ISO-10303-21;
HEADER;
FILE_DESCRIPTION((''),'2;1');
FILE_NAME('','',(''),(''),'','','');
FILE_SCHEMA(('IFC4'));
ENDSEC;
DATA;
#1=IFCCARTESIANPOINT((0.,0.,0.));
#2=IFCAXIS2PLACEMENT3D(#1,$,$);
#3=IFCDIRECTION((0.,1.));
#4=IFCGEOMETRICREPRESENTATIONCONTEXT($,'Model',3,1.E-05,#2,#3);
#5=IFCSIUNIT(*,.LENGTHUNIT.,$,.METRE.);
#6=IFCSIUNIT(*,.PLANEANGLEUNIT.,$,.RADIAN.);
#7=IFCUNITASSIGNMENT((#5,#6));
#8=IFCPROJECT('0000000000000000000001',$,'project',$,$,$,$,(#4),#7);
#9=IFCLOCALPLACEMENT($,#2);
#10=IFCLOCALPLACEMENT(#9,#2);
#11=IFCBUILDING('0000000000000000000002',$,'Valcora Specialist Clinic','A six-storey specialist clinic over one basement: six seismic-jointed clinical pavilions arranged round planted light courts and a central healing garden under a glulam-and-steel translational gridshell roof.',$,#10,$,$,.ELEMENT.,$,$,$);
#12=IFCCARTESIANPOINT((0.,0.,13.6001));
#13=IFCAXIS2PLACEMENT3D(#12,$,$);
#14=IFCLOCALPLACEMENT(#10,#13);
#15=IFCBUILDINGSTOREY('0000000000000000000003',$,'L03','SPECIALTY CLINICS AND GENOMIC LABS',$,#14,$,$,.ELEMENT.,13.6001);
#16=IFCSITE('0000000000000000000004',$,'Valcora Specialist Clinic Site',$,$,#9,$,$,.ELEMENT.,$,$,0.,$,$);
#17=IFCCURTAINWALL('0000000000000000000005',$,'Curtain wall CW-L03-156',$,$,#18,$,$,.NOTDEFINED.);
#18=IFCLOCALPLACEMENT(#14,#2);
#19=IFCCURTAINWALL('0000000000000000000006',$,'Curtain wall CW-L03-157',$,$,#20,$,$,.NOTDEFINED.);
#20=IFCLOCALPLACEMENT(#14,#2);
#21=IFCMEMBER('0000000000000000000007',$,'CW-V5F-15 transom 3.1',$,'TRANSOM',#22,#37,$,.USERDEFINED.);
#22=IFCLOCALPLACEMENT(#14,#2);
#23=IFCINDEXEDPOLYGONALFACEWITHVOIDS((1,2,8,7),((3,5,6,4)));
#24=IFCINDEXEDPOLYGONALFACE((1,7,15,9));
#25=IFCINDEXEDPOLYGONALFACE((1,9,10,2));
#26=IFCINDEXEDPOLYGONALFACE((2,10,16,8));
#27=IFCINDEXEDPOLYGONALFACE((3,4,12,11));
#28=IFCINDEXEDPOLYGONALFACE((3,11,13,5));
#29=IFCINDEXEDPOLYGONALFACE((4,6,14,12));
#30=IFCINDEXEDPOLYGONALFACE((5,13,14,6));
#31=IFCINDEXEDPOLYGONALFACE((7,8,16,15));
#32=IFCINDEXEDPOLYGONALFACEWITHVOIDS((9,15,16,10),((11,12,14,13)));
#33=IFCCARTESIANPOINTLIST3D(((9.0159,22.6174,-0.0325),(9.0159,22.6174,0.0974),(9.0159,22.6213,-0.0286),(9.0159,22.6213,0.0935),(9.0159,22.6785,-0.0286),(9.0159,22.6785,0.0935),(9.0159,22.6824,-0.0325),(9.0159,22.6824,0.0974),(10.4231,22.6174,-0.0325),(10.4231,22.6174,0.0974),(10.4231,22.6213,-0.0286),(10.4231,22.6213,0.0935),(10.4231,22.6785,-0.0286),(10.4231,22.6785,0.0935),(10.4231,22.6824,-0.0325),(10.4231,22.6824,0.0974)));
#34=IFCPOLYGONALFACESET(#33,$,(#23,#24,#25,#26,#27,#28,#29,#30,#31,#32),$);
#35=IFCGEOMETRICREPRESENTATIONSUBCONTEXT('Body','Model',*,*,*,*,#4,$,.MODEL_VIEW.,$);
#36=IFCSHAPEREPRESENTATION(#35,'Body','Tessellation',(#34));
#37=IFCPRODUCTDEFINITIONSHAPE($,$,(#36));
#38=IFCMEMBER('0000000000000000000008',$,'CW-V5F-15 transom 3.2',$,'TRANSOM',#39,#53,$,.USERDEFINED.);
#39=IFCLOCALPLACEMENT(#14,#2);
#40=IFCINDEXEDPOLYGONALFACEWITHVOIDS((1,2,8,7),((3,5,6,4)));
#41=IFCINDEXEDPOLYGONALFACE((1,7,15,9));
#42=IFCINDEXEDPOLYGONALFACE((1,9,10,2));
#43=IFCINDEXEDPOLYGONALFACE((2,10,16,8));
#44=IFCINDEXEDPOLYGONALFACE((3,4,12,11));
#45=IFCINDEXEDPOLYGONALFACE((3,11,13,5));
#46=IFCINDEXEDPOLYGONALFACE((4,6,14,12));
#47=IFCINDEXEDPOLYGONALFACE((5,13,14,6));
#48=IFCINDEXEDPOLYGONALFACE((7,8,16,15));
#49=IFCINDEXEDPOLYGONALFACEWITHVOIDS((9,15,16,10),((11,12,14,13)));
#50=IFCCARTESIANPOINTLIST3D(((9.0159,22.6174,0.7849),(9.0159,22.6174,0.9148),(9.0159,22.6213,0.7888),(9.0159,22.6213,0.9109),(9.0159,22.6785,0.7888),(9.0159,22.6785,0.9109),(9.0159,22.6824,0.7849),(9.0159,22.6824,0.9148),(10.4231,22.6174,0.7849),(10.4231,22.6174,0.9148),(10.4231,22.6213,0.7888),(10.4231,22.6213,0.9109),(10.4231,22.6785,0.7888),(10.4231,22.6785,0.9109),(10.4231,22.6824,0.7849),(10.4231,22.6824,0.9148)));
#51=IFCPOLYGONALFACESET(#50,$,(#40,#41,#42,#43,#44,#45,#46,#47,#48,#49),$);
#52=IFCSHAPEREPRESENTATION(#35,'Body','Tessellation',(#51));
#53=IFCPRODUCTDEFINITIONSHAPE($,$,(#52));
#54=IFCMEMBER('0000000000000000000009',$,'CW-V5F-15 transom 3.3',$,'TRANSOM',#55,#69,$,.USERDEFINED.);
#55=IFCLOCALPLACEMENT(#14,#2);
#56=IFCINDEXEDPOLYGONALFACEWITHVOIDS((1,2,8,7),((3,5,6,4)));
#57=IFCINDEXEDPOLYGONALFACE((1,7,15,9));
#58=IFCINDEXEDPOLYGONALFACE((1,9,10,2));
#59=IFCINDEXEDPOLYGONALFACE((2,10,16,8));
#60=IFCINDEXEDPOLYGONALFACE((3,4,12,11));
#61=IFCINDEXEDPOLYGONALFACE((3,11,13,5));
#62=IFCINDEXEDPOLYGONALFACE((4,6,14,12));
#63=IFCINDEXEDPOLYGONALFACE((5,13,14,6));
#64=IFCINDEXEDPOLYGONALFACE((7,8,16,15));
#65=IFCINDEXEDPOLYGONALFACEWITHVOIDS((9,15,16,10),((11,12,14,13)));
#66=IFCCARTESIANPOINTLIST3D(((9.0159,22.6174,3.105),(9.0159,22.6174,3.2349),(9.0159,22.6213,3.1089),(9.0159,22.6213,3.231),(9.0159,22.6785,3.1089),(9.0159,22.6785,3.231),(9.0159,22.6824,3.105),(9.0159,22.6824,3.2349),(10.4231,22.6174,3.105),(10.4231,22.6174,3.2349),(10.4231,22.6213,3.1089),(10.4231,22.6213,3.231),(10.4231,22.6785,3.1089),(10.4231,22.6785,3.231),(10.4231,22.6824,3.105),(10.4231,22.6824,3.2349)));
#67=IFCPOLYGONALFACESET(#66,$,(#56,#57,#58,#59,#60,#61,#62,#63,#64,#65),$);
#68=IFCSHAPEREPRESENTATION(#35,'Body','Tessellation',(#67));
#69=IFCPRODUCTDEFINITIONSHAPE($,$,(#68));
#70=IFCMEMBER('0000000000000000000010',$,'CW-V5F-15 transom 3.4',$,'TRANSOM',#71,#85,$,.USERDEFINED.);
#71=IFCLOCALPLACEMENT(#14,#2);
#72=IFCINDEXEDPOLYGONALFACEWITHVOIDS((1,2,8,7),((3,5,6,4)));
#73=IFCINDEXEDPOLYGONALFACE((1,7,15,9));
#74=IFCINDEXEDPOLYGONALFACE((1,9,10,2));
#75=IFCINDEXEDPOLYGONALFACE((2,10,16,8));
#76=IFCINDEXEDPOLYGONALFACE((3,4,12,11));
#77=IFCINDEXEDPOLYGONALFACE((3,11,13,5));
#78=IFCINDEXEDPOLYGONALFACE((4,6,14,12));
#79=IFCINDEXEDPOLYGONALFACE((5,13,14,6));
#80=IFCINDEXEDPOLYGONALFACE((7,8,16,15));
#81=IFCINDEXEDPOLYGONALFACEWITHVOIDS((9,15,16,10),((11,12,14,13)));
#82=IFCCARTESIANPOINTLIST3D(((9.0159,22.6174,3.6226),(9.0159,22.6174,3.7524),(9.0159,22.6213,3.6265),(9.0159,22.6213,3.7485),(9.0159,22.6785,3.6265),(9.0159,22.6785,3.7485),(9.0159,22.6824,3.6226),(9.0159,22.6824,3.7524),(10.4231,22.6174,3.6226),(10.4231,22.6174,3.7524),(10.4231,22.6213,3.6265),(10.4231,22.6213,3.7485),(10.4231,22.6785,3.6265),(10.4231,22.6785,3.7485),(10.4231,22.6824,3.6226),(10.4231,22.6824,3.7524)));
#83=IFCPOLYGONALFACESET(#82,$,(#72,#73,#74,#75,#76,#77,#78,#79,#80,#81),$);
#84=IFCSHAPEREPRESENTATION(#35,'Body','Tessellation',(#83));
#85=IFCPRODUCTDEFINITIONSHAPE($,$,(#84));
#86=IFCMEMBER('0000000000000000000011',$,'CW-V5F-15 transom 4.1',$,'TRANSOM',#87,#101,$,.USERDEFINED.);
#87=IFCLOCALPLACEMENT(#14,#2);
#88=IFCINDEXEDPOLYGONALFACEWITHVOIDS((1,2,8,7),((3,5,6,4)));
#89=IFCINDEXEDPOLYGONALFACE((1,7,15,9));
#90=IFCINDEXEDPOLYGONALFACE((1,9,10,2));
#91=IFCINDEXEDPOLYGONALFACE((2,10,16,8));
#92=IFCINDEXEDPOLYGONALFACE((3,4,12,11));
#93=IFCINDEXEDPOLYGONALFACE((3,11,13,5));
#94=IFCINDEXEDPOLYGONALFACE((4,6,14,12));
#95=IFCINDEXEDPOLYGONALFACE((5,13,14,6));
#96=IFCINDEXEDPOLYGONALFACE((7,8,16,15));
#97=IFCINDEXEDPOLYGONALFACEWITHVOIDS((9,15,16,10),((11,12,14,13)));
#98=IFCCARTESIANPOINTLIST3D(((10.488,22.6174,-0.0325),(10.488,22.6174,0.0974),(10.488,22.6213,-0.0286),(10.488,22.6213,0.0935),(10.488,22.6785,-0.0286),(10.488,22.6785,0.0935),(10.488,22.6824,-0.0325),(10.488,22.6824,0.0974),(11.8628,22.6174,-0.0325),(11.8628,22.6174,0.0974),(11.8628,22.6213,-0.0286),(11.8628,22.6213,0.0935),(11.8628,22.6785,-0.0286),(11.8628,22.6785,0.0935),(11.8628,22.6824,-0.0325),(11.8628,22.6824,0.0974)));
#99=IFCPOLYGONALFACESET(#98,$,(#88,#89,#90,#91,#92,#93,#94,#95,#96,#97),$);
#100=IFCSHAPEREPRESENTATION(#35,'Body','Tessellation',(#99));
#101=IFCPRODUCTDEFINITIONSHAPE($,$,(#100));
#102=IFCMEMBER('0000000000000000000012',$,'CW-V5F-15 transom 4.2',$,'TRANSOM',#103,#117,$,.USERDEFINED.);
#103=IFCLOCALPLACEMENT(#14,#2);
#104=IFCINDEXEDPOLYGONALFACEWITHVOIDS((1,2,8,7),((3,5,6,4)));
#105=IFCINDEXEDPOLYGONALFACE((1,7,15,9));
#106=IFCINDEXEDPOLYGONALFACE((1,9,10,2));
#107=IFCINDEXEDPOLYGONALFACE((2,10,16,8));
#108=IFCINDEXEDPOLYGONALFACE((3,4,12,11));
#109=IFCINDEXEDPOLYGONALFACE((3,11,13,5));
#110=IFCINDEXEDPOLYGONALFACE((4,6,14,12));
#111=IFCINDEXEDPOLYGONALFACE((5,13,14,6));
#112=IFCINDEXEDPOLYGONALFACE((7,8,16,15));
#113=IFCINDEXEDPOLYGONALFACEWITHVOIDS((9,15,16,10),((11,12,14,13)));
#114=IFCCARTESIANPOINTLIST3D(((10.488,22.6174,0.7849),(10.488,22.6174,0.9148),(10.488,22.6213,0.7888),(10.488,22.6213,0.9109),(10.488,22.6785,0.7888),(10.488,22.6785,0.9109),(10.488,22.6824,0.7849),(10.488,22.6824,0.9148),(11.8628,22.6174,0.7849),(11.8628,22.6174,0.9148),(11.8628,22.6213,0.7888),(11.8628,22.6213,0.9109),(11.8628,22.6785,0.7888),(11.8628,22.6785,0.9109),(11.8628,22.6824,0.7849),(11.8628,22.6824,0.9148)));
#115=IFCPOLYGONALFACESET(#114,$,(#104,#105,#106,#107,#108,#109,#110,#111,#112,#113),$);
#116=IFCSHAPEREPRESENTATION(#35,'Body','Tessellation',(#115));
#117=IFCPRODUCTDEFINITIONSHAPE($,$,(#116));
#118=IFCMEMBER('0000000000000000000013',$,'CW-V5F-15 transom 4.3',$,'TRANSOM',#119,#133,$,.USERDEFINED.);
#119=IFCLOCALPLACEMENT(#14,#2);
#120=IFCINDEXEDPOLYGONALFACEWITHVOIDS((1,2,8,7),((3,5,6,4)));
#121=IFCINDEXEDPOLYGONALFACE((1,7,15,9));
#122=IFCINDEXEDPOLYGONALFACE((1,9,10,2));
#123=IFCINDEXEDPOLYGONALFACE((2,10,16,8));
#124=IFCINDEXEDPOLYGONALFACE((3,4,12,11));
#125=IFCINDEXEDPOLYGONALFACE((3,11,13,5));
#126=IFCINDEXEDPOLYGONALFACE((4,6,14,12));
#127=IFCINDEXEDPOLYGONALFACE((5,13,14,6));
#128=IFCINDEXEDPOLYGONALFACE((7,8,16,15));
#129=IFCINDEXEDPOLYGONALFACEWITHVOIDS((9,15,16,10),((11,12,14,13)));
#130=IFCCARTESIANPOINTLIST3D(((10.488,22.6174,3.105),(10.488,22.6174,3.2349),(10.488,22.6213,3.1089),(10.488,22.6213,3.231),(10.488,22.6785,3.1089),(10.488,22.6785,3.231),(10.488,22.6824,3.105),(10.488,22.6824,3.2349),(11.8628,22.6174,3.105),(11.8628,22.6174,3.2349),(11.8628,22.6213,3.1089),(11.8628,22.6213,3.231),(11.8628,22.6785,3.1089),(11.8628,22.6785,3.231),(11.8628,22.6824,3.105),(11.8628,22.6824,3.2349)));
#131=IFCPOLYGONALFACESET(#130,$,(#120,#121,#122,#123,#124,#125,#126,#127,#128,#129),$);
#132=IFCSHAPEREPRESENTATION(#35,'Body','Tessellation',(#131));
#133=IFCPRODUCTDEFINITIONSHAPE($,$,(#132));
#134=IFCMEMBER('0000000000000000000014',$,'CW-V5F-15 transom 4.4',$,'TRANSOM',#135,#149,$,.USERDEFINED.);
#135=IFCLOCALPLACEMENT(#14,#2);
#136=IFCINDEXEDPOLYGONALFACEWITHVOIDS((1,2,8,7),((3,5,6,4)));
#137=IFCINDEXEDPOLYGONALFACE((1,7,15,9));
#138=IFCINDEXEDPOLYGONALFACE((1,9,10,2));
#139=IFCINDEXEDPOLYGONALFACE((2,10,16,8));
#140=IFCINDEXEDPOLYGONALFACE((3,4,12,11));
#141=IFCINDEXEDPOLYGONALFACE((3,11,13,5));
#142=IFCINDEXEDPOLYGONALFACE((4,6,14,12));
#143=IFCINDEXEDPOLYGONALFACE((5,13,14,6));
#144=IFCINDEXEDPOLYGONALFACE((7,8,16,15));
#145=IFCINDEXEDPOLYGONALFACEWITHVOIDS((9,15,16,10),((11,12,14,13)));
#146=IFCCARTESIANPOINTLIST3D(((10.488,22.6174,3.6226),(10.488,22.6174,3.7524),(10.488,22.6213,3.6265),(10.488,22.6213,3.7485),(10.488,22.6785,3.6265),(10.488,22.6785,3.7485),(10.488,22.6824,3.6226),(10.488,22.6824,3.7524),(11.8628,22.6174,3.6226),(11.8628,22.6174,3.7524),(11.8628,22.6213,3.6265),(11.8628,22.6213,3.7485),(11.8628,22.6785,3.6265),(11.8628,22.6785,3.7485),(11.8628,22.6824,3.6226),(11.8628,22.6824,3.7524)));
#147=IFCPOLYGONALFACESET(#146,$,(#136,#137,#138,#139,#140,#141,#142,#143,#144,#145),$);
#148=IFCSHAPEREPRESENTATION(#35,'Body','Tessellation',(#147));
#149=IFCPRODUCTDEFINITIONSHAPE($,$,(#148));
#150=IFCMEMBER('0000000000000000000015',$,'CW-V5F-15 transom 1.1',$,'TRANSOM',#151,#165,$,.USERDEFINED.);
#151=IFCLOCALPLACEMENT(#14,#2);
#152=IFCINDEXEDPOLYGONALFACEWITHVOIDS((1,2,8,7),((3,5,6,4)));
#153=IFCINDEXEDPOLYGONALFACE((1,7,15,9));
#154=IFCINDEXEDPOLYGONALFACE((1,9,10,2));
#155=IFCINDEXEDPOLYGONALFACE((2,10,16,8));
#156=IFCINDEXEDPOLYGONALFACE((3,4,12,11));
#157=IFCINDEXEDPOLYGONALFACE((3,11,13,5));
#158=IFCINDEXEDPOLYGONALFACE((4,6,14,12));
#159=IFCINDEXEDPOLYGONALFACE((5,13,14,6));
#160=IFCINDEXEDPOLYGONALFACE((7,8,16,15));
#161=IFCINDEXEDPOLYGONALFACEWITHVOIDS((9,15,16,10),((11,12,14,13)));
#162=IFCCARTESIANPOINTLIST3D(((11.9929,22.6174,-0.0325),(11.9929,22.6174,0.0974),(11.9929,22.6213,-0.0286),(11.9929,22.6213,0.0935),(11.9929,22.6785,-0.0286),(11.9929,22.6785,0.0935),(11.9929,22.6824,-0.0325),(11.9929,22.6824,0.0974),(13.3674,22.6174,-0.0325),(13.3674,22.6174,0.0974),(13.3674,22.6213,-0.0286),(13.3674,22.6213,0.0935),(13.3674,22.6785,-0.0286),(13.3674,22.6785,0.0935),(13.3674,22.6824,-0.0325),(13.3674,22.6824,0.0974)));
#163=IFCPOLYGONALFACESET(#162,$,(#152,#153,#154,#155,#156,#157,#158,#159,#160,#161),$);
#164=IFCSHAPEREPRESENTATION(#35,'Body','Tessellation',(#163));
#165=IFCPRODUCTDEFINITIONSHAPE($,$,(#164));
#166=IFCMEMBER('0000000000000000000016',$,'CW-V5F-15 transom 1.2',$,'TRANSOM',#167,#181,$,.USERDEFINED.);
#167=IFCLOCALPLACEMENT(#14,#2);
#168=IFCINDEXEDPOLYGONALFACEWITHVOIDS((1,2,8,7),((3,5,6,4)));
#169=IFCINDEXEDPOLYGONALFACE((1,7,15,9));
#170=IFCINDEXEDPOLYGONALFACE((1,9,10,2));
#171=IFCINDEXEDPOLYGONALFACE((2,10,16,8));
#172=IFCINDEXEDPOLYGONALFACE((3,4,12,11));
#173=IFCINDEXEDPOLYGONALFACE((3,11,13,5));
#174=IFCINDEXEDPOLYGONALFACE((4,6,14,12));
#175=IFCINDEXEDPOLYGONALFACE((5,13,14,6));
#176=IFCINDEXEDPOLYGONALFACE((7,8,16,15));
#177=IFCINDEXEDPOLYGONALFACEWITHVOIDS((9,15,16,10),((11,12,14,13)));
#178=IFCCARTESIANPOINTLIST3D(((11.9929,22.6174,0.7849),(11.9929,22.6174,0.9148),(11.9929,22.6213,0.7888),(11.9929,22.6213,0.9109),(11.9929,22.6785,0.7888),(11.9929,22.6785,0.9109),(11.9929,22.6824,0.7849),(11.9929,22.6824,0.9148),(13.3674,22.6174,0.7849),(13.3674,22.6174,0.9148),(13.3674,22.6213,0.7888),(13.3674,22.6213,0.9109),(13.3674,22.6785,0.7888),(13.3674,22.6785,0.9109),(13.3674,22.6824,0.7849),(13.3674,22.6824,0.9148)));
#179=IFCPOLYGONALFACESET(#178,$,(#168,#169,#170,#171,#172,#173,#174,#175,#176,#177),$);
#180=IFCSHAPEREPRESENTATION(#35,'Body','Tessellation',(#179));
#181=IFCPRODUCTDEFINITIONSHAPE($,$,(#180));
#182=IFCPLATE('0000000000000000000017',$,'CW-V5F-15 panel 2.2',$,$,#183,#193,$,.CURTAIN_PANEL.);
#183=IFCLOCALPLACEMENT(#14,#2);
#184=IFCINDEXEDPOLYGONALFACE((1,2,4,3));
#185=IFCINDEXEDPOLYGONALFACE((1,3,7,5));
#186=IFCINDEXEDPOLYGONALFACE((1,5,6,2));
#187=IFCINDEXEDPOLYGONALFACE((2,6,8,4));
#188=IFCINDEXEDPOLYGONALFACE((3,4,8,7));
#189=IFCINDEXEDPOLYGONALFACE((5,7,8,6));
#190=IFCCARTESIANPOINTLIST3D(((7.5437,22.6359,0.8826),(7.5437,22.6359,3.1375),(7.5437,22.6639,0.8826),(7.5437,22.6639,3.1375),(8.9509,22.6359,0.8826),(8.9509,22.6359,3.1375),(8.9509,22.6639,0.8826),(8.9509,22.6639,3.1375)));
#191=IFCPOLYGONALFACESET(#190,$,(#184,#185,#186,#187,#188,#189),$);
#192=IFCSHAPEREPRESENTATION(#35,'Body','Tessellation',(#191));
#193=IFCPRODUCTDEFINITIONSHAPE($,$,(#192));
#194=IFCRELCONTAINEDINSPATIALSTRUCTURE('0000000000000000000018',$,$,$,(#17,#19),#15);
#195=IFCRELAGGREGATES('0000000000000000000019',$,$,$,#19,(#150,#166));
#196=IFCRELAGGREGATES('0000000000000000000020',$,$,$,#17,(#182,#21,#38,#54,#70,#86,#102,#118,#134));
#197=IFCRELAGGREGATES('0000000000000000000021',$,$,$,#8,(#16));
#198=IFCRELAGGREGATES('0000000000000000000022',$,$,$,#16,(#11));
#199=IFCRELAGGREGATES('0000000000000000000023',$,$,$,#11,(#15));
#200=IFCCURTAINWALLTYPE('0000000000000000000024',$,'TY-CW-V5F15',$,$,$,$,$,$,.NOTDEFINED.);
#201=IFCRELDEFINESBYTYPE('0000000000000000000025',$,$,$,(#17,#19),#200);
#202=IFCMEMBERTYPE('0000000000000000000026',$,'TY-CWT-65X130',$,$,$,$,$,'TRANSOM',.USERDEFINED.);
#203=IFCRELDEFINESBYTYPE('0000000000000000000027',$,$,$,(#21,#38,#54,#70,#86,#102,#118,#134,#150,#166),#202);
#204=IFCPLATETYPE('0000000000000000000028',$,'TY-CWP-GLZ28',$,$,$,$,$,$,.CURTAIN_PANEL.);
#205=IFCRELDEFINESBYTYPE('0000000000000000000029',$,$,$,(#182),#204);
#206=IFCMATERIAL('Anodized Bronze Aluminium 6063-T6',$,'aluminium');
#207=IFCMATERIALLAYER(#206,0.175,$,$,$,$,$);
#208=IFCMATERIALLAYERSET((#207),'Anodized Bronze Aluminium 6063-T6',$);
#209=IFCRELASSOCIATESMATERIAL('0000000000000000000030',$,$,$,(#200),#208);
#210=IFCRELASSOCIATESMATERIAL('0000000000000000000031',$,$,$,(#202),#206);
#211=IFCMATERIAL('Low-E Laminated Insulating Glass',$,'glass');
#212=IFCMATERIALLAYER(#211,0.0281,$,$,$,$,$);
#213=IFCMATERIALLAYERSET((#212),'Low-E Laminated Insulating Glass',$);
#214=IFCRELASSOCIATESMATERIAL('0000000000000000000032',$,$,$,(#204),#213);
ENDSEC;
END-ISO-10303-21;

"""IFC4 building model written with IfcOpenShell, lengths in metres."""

from ifc_helpers import new_model, si_unit, direction, frame, origin, origin_2d, place, context, subcontext, project, spatial, rectangle, hollow_rectangle, extrude, material, layer, layer_set, material_profile, profile_set, type_object, element, aggregate, save


model = new_model("IFC4")

# Units and contexts
model_context = context("Model", 3, precision=1e-05, world=origin(), true_north=direction((0.0, 1.0)))
body_context = subcontext(model_context, "Body", "Model", "MODEL_VIEW")
ifc_project = project(units=[si_unit("LENGTHUNIT", "METRE"), si_unit("PLANEANGLEUNIT", "RADIAN")], contexts=[model_context])

# Site, building, storey
site_placement = place(None, origin())
site = spatial("IfcSite", under=ifc_project, at=site_placement, Name="Valcora Specialist Clinic Site", CompositionType="ELEMENT", RefElevation=0.0)
building_placement = place(site_placement, origin())
building = spatial("IfcBuilding", under=site, at=building_placement, Name="Valcora Specialist Clinic", Description="A six-storey specialist clinic over one basement: six seismic-jointed clinical pavilions arranged round planted light courts and a central healing garden under a glulam-and-steel translational gridshell roof.", CompositionType="ELEMENT")
storey_placement = place(building_placement, frame((0.0, 0.0, 13.6001)))
storey = spatial("IfcBuildingStorey", under=building, at=storey_placement, Name="L03", Description="SPECIALTY CLINICS AND GENOMIC LABS", CompositionType="ELEMENT", Elevation=13.6001)

# Curtain wall
ifc_material_1 = material(Name="Anodized Bronze Aluminium 6063-T6", Category="aluminium")
ifc_layer_1 = layer(ifc_material_1, 0.175)
ifc_layer_set_1 = layer_set([ifc_layer_1], Name="Anodized Bronze Aluminium 6063-T6")
curtain_wall_type = type_object("IfcCurtainWallType", Name="TY-CW-V5F15", PredefinedType="NOTDEFINED", material=ifc_layer_set_1)
curtain_wall_1_placement = place(storey_placement, origin())
curtain_wall_1 = element("IfcCurtainWall", 1, at=curtain_wall_1_placement, inside=storey, type_object=curtain_wall_type, Name="Curtain wall CW-L03-156", PredefinedType="NOTDEFINED")

# Curtain wall
curtain_wall_2_placement = place(storey_placement, origin())
curtain_wall_2 = element("IfcCurtainWall", 2, at=curtain_wall_2_placement, inside=storey, type_object=curtain_wall_type, Name="Curtain wall CW-L03-157", PredefinedType="NOTDEFINED")

# Members
ifc_material_profile_1 = material_profile(ifc_material_1, hollow_rectangle(XDim=0.0649, YDim=0.1299, WallThickness=0.0039, at=origin_2d()), Name="AL-TRN-65X130")
ifc_profile_set_1 = profile_set([ifc_material_profile_1], Name="Anodized Bronze Aluminium 6063-T6")
member_type_1 = type_object("IfcMemberType", Name="TY-CWT-65X130", ElementType="TRANSOM", PredefinedType="USERDEFINED", material=ifc_profile_set_1)
member_1_placement = place(storey_placement, frame((9.0159, 22.6499, 0.0325), z_axis=(1.0, 0.0, 0.0), x_axis=(0.0, 1.0, 0.0)))
member_1 = element("IfcMember", 3, at=member_1_placement, type_object=member_type_1, Name="CW-V5F-15 transom 3.1", ObjectType="TRANSOM", PredefinedType="USERDEFINED", context=body_context, shape_type="SweptSolid", body=[
    extrude(hollow_rectangle(XDim=0.0649, YDim=0.1299, WallThickness=0.0039, at=origin_2d()), origin(), (0.0, 0.0, 1.0), 1.4072),
])
member_2_placement = place(storey_placement, frame((9.0159, 22.6499, 0.8499), z_axis=(1.0, 0.0, 0.0), x_axis=(0.0, 1.0, 0.0)))
member_2 = element("IfcMember", 4, at=member_2_placement, type_object=member_type_1, Name="CW-V5F-15 transom 3.2", ObjectType="TRANSOM", PredefinedType="USERDEFINED", context=body_context, shape_type="SweptSolid", body=[
    extrude(hollow_rectangle(XDim=0.0649, YDim=0.1299, WallThickness=0.0039, at=origin_2d()), origin(), (0.0, 0.0, 1.0), 1.4072),
])
member_3_placement = place(storey_placement, frame((9.0159, 22.6499, 3.1699), z_axis=(1.0, 0.0, 0.0), x_axis=(0.0, 1.0, 0.0)))
member_3 = element("IfcMember", 5, at=member_3_placement, type_object=member_type_1, Name="CW-V5F-15 transom 3.3", ObjectType="TRANSOM", PredefinedType="USERDEFINED", context=body_context, shape_type="SweptSolid", body=[
    extrude(hollow_rectangle(XDim=0.0649, YDim=0.1299, WallThickness=0.0039, at=origin_2d()), origin(), (0.0, 0.0, 1.0), 1.4072),
])
member_4_placement = place(storey_placement, frame((9.0159, 22.6499, 3.6875), z_axis=(1.0, 0.0, 0.0), x_axis=(0.0, 1.0, 0.0)))
member_4 = element("IfcMember", 6, at=member_4_placement, type_object=member_type_1, Name="CW-V5F-15 transom 3.4", ObjectType="TRANSOM", PredefinedType="USERDEFINED", context=body_context, shape_type="SweptSolid", body=[
    extrude(hollow_rectangle(XDim=0.0649, YDim=0.1299, WallThickness=0.0039, at=origin_2d()), origin(), (0.0, 0.0, 1.0), 1.4072),
])
member_5_placement = place(storey_placement, frame((10.488, 22.6499, 0.0325), z_axis=(1.0, 0.0, 0.0), x_axis=(0.0, 1.0, 0.0)))
member_5 = element("IfcMember", 7, at=member_5_placement, type_object=member_type_1, Name="CW-V5F-15 transom 4.1", ObjectType="TRANSOM", PredefinedType="USERDEFINED", context=body_context, shape_type="SweptSolid", body=[
    extrude(hollow_rectangle(XDim=0.0649, YDim=0.1299, WallThickness=0.0039, at=origin_2d()), origin(), (0.0, 0.0, 1.0), 1.3748),
])
member_6_placement = place(storey_placement, frame((10.488, 22.6499, 0.8499), z_axis=(1.0, 0.0, 0.0), x_axis=(0.0, 1.0, 0.0)))
member_6 = element("IfcMember", 8, at=member_6_placement, type_object=member_type_1, Name="CW-V5F-15 transom 4.2", ObjectType="TRANSOM", PredefinedType="USERDEFINED", context=body_context, shape_type="SweptSolid", body=[
    extrude(hollow_rectangle(XDim=0.0649, YDim=0.1299, WallThickness=0.0039, at=origin_2d()), origin(), (0.0, 0.0, 1.0), 1.3748),
])
member_7_placement = place(storey_placement, frame((10.488, 22.6499, 3.1699), z_axis=(1.0, 0.0, 0.0), x_axis=(0.0, 1.0, 0.0)))
member_7 = element("IfcMember", 9, at=member_7_placement, type_object=member_type_1, Name="CW-V5F-15 transom 4.3", ObjectType="TRANSOM", PredefinedType="USERDEFINED", context=body_context, shape_type="SweptSolid", body=[
    extrude(hollow_rectangle(XDim=0.0649, YDim=0.1299, WallThickness=0.0039, at=origin_2d()), origin(), (0.0, 0.0, 1.0), 1.3748),
])
member_8_placement = place(storey_placement, frame((10.488, 22.6499, 3.6875), z_axis=(1.0, 0.0, 0.0), x_axis=(0.0, 1.0, 0.0)))
member_8 = element("IfcMember", 10, at=member_8_placement, type_object=member_type_1, Name="CW-V5F-15 transom 4.4", ObjectType="TRANSOM", PredefinedType="USERDEFINED", context=body_context, shape_type="SweptSolid", body=[
    extrude(hollow_rectangle(XDim=0.0649, YDim=0.1299, WallThickness=0.0039, at=origin_2d()), origin(), (0.0, 0.0, 1.0), 1.3748),
])
member_9_placement = place(storey_placement, frame((11.9929, 22.6499, 0.0325), z_axis=(1.0, 0.0, 0.0), x_axis=(0.0, 1.0, 0.0)))
member_9 = element("IfcMember", 11, at=member_9_placement, type_object=member_type_1, Name="CW-V5F-15 transom 1.1", ObjectType="TRANSOM", PredefinedType="USERDEFINED", context=body_context, shape_type="SweptSolid", body=[
    extrude(hollow_rectangle(XDim=0.0649, YDim=0.1299, WallThickness=0.0039, at=origin_2d()), origin(), (0.0, 0.0, 1.0), 1.3745),
])
member_10_placement = place(storey_placement, frame((11.9929, 22.6499, 0.8499), z_axis=(1.0, 0.0, 0.0), x_axis=(0.0, 1.0, 0.0)))
member_10 = element("IfcMember", 12, at=member_10_placement, type_object=member_type_1, Name="CW-V5F-15 transom 1.2", ObjectType="TRANSOM", PredefinedType="USERDEFINED", context=body_context, shape_type="SweptSolid", body=[
    extrude(hollow_rectangle(XDim=0.0649, YDim=0.1299, WallThickness=0.0039, at=origin_2d()), origin(), (0.0, 0.0, 1.0), 1.3745),
])
aggregate(curtain_wall_2, [member_9, member_10])

# Plate
ifc_material_2 = material(Name="Low-E Laminated Insulating Glass", Category="glass")
ifc_layer_2 = layer(ifc_material_2, 0.0281)
ifc_layer_set_2 = layer_set([ifc_layer_2], Name="Low-E Laminated Insulating Glass")
plate_type_1 = type_object("IfcPlateType", Name="TY-CWP-GLZ28", PredefinedType="CURTAIN_PANEL", material=ifc_layer_set_2)
plate_1_placement = place(storey_placement, frame((8.2473, 22.6499, 0.8826), z_axis=(0.0, 0.0, 1.0), x_axis=(1.0, 0.0, 0.0)))
plate_1 = element("IfcPlate", 13, at=plate_1_placement, type_object=plate_type_1, Name="CW-V5F-15 panel 2.2", PredefinedType="CURTAIN_PANEL", context=body_context, shape_type="SweptSolid", body=[
    extrude(rectangle(XDim=1.4072, YDim=0.0281, at=origin_2d()), origin(), (0.0, 0.0, 1.0), 2.2549),
])
aggregate(curtain_wall_1, [plate_1, member_1, member_2, member_3, member_4, member_5, member_6, member_7, member_8])

save(model, "model.ifc")
